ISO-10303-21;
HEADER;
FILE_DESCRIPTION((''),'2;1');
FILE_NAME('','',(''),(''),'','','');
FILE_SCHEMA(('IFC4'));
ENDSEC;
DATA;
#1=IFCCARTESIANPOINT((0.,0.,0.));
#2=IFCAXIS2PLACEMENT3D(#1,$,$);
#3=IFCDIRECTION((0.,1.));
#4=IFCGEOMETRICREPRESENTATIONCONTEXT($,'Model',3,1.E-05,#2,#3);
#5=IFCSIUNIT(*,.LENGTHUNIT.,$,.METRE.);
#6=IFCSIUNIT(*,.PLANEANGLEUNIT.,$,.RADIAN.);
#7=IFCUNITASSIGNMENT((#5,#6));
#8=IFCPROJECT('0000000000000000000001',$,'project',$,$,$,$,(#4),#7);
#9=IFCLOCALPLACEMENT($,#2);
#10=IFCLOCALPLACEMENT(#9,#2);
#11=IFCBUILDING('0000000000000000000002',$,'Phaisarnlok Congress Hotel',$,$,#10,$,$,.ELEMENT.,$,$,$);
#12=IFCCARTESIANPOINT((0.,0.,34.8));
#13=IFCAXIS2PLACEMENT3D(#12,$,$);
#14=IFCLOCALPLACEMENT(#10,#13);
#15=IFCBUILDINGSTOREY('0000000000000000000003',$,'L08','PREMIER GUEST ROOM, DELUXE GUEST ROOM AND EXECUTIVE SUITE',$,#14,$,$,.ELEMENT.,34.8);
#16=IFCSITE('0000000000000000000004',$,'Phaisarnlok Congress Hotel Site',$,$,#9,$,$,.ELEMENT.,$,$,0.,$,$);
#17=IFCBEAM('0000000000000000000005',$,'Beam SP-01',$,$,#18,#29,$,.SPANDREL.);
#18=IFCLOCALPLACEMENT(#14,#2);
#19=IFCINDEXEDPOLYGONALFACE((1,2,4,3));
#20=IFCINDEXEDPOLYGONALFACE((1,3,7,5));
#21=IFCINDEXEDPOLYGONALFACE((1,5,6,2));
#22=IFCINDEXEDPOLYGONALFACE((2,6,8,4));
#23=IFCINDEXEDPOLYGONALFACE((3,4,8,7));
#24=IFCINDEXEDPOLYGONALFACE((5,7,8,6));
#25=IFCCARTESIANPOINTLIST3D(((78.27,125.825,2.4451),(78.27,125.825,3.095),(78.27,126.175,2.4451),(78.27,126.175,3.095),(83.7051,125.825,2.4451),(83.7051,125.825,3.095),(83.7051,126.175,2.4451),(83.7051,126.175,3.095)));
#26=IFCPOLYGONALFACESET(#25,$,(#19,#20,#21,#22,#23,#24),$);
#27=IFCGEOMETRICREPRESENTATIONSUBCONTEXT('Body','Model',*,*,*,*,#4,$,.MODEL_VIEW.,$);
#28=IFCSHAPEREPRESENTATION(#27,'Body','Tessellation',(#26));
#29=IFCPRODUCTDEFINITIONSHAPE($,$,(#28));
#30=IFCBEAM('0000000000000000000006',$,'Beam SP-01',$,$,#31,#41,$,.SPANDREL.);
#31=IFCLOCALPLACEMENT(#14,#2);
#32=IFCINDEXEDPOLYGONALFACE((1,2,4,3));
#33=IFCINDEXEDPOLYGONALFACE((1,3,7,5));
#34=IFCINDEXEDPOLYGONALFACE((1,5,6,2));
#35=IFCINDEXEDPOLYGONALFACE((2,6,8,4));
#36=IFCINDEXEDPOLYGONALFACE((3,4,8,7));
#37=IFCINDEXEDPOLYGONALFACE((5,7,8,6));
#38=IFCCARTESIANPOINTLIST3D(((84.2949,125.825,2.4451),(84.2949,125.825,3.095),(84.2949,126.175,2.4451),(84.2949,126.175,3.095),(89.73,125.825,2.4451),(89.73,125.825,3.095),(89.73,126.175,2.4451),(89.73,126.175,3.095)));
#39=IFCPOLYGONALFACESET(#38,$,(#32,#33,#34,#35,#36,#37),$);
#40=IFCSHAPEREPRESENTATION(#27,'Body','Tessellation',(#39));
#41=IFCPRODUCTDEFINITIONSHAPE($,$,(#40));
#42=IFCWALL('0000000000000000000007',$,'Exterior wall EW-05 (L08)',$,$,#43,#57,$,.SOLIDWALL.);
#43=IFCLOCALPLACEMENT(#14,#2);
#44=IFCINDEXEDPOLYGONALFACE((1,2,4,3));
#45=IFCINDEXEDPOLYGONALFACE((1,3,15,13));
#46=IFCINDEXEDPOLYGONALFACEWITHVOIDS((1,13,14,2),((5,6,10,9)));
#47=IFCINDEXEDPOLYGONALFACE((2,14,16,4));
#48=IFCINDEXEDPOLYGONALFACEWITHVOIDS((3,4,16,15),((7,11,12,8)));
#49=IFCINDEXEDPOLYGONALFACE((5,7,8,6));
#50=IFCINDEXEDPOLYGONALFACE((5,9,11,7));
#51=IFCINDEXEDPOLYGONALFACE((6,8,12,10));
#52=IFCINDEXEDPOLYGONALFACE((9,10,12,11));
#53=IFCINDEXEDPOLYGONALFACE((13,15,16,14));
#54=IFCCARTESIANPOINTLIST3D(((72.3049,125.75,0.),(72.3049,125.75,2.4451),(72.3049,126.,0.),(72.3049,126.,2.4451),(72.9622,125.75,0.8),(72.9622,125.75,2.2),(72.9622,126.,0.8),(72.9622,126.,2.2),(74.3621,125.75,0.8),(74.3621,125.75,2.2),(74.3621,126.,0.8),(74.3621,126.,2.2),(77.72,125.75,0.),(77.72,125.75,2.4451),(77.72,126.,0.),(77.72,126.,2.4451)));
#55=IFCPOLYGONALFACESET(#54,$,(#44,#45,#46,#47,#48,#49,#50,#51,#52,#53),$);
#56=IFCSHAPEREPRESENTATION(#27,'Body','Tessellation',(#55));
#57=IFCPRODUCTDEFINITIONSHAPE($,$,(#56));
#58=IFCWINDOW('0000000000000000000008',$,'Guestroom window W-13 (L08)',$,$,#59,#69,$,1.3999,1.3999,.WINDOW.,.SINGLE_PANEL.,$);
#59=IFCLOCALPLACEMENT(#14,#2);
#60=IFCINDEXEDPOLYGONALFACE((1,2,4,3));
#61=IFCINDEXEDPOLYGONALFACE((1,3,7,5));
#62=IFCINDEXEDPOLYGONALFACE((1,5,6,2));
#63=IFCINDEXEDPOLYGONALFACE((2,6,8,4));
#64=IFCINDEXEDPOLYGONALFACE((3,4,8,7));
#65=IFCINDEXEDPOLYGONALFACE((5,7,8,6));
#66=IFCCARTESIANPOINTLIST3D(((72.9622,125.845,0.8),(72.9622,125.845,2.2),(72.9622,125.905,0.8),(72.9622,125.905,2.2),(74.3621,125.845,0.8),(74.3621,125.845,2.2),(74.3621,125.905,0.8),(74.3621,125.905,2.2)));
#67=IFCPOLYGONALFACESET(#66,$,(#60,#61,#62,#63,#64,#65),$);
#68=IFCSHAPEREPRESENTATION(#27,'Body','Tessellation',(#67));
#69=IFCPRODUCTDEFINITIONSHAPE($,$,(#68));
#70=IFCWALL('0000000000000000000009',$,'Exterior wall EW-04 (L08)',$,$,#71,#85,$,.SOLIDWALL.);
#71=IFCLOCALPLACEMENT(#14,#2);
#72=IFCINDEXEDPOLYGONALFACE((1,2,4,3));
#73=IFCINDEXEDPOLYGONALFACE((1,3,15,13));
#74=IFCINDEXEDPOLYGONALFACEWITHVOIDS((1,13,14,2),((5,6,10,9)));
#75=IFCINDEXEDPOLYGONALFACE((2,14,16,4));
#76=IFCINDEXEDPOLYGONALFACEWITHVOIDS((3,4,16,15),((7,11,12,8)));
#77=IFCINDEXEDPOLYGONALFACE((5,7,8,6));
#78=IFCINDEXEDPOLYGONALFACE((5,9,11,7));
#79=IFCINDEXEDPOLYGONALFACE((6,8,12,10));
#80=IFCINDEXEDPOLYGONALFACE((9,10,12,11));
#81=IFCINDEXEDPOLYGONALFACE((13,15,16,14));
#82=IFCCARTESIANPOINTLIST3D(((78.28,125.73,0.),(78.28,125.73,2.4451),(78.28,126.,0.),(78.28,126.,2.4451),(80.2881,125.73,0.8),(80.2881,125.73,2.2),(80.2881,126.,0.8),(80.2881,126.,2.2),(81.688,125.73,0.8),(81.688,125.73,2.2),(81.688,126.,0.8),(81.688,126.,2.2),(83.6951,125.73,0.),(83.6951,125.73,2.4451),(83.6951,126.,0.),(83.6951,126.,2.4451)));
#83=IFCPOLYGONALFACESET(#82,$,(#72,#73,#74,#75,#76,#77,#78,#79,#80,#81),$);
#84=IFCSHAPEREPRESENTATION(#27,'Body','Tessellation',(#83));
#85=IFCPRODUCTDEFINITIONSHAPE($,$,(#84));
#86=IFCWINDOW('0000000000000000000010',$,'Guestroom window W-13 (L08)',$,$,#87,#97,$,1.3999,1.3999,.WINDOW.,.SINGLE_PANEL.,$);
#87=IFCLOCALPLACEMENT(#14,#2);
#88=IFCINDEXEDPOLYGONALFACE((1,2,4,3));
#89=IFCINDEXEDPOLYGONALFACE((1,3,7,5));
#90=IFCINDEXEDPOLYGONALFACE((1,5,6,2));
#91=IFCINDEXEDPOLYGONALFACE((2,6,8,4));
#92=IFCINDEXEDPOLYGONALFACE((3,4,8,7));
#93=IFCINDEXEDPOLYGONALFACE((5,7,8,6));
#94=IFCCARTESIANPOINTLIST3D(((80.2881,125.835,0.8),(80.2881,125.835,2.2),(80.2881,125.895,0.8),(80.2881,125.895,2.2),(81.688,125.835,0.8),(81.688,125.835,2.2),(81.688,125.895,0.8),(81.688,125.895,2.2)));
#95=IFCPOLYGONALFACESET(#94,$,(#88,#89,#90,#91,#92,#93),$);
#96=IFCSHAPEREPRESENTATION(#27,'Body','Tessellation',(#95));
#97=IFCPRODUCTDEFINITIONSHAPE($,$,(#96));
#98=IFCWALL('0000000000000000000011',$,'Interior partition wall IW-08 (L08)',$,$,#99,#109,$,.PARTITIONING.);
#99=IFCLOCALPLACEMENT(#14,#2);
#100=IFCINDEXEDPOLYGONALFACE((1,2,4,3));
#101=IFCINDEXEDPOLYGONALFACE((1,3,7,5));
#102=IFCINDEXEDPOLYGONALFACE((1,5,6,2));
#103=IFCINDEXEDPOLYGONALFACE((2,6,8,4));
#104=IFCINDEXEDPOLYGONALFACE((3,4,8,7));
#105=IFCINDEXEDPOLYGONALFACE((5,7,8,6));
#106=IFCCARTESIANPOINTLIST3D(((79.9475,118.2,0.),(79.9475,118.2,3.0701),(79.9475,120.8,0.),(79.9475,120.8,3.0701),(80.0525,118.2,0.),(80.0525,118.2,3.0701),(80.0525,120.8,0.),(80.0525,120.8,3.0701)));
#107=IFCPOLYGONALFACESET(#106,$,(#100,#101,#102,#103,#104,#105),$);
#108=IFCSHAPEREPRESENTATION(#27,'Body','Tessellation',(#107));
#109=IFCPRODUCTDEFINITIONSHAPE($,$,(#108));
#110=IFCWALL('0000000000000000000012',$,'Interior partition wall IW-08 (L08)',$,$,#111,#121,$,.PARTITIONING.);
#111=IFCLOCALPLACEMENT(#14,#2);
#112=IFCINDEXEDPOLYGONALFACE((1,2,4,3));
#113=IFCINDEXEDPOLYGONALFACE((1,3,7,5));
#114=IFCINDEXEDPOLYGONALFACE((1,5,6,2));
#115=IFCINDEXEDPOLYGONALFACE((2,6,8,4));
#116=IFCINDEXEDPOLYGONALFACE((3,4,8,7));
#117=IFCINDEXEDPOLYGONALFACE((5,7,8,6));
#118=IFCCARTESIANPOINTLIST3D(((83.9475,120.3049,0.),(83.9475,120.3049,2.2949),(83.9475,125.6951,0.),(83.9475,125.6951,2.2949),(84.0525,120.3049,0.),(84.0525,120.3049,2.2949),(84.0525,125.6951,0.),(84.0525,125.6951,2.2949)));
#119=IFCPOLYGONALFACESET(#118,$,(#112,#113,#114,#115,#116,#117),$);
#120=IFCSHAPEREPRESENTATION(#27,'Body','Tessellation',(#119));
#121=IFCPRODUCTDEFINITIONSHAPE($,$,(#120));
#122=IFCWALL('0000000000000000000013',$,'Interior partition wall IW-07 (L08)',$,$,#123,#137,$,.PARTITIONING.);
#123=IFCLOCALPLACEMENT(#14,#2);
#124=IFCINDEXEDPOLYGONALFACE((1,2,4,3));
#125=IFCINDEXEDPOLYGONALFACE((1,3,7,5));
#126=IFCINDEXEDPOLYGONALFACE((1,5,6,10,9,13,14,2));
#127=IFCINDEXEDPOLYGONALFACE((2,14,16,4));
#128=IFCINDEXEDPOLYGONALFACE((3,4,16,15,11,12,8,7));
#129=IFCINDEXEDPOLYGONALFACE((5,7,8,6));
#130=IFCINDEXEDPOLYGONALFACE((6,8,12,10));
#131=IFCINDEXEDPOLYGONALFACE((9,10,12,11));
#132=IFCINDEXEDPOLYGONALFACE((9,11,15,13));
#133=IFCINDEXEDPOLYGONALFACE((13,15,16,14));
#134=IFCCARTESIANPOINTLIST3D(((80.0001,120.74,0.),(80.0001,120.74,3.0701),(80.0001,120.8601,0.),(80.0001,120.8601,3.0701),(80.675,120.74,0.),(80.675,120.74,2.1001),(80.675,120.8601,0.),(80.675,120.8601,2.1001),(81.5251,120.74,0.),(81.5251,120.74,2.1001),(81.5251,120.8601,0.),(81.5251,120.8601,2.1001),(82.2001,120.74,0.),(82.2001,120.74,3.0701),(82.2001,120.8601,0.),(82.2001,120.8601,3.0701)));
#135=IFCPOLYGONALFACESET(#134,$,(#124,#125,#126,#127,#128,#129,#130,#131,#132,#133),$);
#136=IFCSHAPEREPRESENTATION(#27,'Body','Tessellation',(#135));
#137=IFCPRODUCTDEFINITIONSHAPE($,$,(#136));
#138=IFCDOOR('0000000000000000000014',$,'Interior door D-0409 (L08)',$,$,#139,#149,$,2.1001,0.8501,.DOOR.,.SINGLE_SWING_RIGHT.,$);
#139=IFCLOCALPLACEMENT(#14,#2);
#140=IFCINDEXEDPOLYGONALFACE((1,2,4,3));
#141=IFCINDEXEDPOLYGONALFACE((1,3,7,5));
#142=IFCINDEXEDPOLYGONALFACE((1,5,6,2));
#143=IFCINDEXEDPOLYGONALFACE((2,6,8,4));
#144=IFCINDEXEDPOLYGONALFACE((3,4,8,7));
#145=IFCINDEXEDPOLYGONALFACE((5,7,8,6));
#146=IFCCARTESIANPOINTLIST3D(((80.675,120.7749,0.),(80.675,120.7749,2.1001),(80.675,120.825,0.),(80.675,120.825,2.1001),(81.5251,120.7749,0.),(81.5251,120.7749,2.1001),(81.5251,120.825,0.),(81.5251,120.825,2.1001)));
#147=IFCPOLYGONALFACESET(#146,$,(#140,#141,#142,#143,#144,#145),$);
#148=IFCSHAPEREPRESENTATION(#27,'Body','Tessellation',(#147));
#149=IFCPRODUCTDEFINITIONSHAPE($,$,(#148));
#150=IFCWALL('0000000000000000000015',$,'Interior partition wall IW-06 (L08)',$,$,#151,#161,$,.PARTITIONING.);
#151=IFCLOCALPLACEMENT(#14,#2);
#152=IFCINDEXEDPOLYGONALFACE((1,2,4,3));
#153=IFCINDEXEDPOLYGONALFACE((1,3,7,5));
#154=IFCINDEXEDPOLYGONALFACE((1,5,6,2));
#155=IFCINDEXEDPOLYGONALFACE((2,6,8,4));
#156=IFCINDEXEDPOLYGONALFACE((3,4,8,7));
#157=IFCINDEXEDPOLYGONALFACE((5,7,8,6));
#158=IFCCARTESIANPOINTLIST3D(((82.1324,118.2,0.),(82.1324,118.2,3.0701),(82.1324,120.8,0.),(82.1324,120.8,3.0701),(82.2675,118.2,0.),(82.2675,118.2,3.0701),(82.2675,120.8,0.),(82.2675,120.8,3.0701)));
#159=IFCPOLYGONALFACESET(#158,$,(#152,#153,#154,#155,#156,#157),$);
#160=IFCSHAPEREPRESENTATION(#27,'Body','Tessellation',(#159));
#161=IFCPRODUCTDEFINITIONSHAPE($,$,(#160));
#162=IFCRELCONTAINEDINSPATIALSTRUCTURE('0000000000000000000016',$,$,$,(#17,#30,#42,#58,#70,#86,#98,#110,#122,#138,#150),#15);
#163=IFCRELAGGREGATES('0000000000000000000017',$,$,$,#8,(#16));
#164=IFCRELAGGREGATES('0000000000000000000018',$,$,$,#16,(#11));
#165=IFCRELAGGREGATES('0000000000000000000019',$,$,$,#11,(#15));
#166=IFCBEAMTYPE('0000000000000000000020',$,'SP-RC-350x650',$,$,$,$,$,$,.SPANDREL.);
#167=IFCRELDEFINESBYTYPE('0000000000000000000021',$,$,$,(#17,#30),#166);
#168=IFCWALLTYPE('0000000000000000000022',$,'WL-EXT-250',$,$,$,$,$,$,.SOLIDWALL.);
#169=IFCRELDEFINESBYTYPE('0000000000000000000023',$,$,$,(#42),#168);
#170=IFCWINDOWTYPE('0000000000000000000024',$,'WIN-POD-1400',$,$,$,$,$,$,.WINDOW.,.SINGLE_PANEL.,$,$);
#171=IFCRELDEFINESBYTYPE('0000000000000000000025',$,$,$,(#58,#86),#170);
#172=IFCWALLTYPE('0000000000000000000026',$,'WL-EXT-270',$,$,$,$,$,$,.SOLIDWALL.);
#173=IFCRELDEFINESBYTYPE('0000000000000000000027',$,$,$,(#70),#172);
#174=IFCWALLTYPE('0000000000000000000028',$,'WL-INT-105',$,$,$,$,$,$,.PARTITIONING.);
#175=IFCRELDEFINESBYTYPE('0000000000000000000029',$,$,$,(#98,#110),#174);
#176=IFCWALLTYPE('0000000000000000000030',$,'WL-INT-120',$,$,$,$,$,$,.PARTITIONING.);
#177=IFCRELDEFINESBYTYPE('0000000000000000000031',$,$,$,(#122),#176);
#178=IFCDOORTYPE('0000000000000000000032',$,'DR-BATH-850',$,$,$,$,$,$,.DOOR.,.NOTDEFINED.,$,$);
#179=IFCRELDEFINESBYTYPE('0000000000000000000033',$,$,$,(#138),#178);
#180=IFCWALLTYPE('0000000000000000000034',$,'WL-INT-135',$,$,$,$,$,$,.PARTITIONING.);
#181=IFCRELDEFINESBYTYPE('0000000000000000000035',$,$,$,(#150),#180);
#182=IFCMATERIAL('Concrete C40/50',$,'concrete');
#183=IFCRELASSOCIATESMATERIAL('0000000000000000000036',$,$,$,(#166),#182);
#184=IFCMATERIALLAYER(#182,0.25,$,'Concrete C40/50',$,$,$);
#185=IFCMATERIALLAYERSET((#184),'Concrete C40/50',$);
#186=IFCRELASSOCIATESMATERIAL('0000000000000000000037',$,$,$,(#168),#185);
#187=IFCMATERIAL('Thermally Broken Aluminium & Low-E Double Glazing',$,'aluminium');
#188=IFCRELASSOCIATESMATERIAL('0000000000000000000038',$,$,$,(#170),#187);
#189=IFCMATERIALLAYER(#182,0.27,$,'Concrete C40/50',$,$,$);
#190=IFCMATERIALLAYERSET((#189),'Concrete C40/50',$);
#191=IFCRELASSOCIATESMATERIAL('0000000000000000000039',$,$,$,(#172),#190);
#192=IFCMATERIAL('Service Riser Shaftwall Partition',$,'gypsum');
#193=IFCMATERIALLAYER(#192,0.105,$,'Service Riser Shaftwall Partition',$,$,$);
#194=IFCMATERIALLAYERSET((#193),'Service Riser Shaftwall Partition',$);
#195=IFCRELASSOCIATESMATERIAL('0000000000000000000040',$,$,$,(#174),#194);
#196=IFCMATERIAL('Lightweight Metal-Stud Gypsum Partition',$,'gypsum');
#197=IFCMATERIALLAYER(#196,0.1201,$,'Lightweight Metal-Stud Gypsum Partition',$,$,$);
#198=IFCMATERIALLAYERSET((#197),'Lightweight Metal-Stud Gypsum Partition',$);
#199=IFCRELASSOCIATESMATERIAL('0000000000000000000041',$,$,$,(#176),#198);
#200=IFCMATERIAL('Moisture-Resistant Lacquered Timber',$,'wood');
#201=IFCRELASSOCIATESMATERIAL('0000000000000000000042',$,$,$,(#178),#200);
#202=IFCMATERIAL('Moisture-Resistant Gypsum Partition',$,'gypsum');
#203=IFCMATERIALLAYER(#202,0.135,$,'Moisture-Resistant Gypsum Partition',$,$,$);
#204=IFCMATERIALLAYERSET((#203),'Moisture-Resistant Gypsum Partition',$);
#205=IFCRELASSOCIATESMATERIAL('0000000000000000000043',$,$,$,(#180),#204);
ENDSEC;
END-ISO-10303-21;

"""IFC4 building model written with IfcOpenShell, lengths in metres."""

from ifc_helpers import new_model, si_unit, direction, frame, frame_2d, origin, origin_2d, place, context, subcontext, project, spatial, rectangle, extrude, material, layer, layer_set, material_profile, profile_set, type_object, element, fill, save


model = new_model("IFC4")

# Units and contexts
model_context = context("Model", 3, precision=1e-05, world=origin(), true_north=direction((0.0, 1.0)))
body_context = subcontext(model_context, "Body", "Model", "MODEL_VIEW")
ifc_project = project(units=[si_unit("LENGTHUNIT", "METRE"), si_unit("PLANEANGLEUNIT", "RADIAN")], contexts=[model_context])

# Site, building, storey
site_placement = place(None, origin())
site = spatial("IfcSite", under=ifc_project, at=site_placement, Name="Phaisarnlok Congress Hotel Site", CompositionType="ELEMENT", RefElevation=0.0)
building_placement = place(site_placement, origin())
building = spatial("IfcBuilding", under=site, at=building_placement, Name="Phaisarnlok Congress Hotel", CompositionType="ELEMENT")
storey_placement = place(building_placement, frame((0.0, 0.0, 34.8)))
storey = spatial("IfcBuildingStorey", under=building, at=storey_placement, Name="L08", Description="PREMIER GUEST ROOM, DELUXE GUEST ROOM AND EXECUTIVE SUITE", CompositionType="ELEMENT", Elevation=34.8)

# Beams
ifc_material_1 = material(Name="Concrete C40/50", Category="concrete")
ifc_material_profile_1 = material_profile(ifc_material_1, rectangle(XDim=0.3501, YDim=0.6499, at=origin_2d()), Name="RC 350x650")
ifc_profile_set_1 = profile_set([ifc_material_profile_1], Name="Concrete C40/50")
beam_type_1 = type_object("IfcBeamType", Name="SP-RC-350x650", PredefinedType="SPANDREL", material=ifc_profile_set_1)
for number, where, z_axis, x_axis, name in (
    (1, (78.27, 126.0, 2.77), (1.0, 0.0, 0.0), (0.0, 1.0, 0.0), "Beam SP-01"),
    (2, (84.2949, 126.0, 2.77), (1.0, 0.0, 0.0), (0.0, 1.0, 0.0), "Beam SP-01"),
):
    element("IfcBeam", number, at=place(storey_placement, frame(where, z_axis=z_axis, x_axis=x_axis)), inside=storey, type_object=beam_type_1, Name=name, PredefinedType="SPANDREL", context=body_context, shape_type="SweptSolid", body=[
        extrude(rectangle(XDim=0.3501, YDim=0.6499, at=origin_2d()), origin(), (0.0, 0.0, 1.0), 5.4351),
    ])

# Walls, openings, windows
ifc_layer_1 = layer(ifc_material_1, 0.25, Name="Concrete C40/50")
ifc_layer_set_1 = layer_set([ifc_layer_1], Name="Concrete C40/50")
wall_type_1 = type_object("IfcWallType", Name="WL-EXT-250", PredefinedType="SOLIDWALL", material=ifc_layer_set_1)
wall_1_placement = place(storey_placement, frame((77.72, 125.875, 0.0), z_axis=(0.0, 0.0, 1.0), x_axis=(-1.0, 0.0, 0.0)))
wall_1 = element("IfcWall", 3, at=wall_1_placement, inside=storey, type_object=wall_type_1, Name="Exterior wall EW-05 (L08)", PredefinedType="SOLIDWALL", context=body_context, shape_type="SweptSolid", body=[
    extrude(rectangle(XDim=5.415, YDim=0.25, at=frame_2d((2.7075, 0.0))), origin(), (0.0, 0.0, 1.0), 2.4451),
])
opening_1_placement = place(wall_1_placement, frame((3.3579, 0.0, 0.8)))
opening_1 = element("IfcOpeningElement", 4, at=opening_1_placement, cuts=wall_1, PredefinedType="OPENING", context=body_context, shape_type="SweptSolid", body=[
    extrude(rectangle(XDim=1.3999, YDim=1.3999, at=frame_2d((0.7, 0.7))), frame((0.0, 0.135, 0.0), z_axis=(0.0, -1.0, 0.0), x_axis=(1.0, 0.0, 0.0)), (0.0, 0.0, 1.0), 0.27),
])
ifc_material_2 = material(Name="Thermally Broken Aluminium & Low-E Double Glazing", Category="aluminium")
window_type = type_object("IfcWindowType", Name="WIN-POD-1400", PartitioningType="SINGLE_PANEL", PredefinedType="WINDOW", material=ifc_material_2)
window_1_placement = place(opening_1_placement, origin())
window_1 = element("IfcWindow", 5, at=window_1_placement, inside=storey, type_object=window_type, Name="Guestroom window W-13 (L08)", OverallHeight=1.3999, OverallWidth=1.3999, PartitioningType="SINGLE_PANEL", PredefinedType="WINDOW", context=body_context, shape_type="SweptSolid", body=[
    extrude(rectangle(XDim=1.3999, YDim=1.3999, at=frame_2d((0.7, 0.7))), frame((0.0, 0.03, 0.0), z_axis=(0.0, -1.0, 0.0), x_axis=(1.0, 0.0, 0.0)), (0.0, 0.0, 1.0), 0.0601),
])
fill(opening_1, window_1)
ifc_layer_2 = layer(ifc_material_1, 0.27, Name="Concrete C40/50")
ifc_layer_set_2 = layer_set([ifc_layer_2], Name="Concrete C40/50")
wall_type_2 = type_object("IfcWallType", Name="WL-EXT-270", PredefinedType="SOLIDWALL", material=ifc_layer_set_2)
wall_2_placement = place(storey_placement, frame((83.6951, 125.865, 0.0), z_axis=(0.0, 0.0, 1.0), x_axis=(-1.0, 0.0, 0.0)))
wall_2 = element("IfcWall", 6, at=wall_2_placement, inside=storey, type_object=wall_type_2, Name="Exterior wall EW-04 (L08)", PredefinedType="SOLIDWALL", context=body_context, shape_type="SweptSolid", body=[
    extrude(rectangle(XDim=5.415, YDim=0.27, at=frame_2d((2.7075, 0.0))), origin(), (0.0, 0.0, 1.0), 2.4451),
])
opening_2_placement = place(wall_2_placement, frame((2.0071, 0.0, 0.8)))
opening_2 = element("IfcOpeningElement", 7, at=opening_2_placement, cuts=wall_2, PredefinedType="OPENING", context=body_context, shape_type="SweptSolid", body=[
    extrude(rectangle(XDim=1.3999, YDim=1.3999, at=frame_2d((0.7, 0.7))), frame((0.0, 0.145, 0.0), z_axis=(0.0, -1.0, 0.0), x_axis=(1.0, 0.0, 0.0)), (0.0, 0.0, 1.0), 0.29),
])
window_2_placement = place(opening_2_placement, origin())
window_2 = element("IfcWindow", 8, at=window_2_placement, inside=storey, type_object=window_type, Name="Guestroom window W-13 (L08)", OverallHeight=1.3999, OverallWidth=1.3999, PartitioningType="SINGLE_PANEL", PredefinedType="WINDOW", context=body_context, shape_type="SweptSolid", body=[
    extrude(rectangle(XDim=1.3999, YDim=1.3999, at=frame_2d((0.7, 0.7))), frame((0.0, 0.03, 0.0), z_axis=(0.0, -1.0, 0.0), x_axis=(1.0, 0.0, 0.0)), (0.0, 0.0, 1.0), 0.0601),
])
fill(opening_2, window_2)

# Walls
ifc_material_3 = material(Name="Service Riser Shaftwall Partition", Category="gypsum")
ifc_layer_3 = layer(ifc_material_3, 0.105, Name="Service Riser Shaftwall Partition")
ifc_layer_set_3 = layer_set([ifc_layer_3], Name="Service Riser Shaftwall Partition")
wall_type_3 = type_object("IfcWallType", Name="WL-INT-105", PredefinedType="PARTITIONING", material=ifc_layer_set_3)
wall_3_placement = place(storey_placement, frame((80.0, 118.2, 0.0), z_axis=(0.0, 0.0, 1.0), x_axis=(0.0, 1.0, 0.0)))
element("IfcWall", 9, at=wall_3_placement, inside=storey, type_object=wall_type_3, Name="Interior partition wall IW-08 (L08)", PredefinedType="PARTITIONING", context=body_context, shape_type="SweptSolid", body=[
    extrude(rectangle(XDim=2.6001, YDim=0.105, at=frame_2d((1.3, 0.0))), origin(), (0.0, 0.0, 1.0), 3.0701),
])
wall_4_placement = place(storey_placement, frame((84.0, 120.3049, 0.0), z_axis=(0.0, 0.0, 1.0), x_axis=(0.0, 1.0, 0.0)))
element("IfcWall", 10, at=wall_4_placement, inside=storey, type_object=wall_type_3, Name="Interior partition wall IW-08 (L08)", PredefinedType="PARTITIONING", context=body_context, shape_type="SweptSolid", body=[
    extrude(rectangle(XDim=5.3901, YDim=0.105, at=frame_2d((2.6951, 0.0))), origin(), (0.0, 0.0, 1.0), 2.2949),
])

# Wall, opening, door
ifc_material_4 = material(Name="Lightweight Metal-Stud Gypsum Partition", Category="gypsum")
ifc_layer_4 = layer(ifc_material_4, 0.1201, Name="Lightweight Metal-Stud Gypsum Partition")
ifc_layer_set_4 = layer_set([ifc_layer_4], Name="Lightweight Metal-Stud Gypsum Partition")
wall_type_4 = type_object("IfcWallType", Name="WL-INT-120", PredefinedType="PARTITIONING", material=ifc_layer_set_4)
wall_5_placement = place(storey_placement, frame((80.0, 120.8, 0.0), z_axis=(0.0, 0.0, 1.0), x_axis=(1.0, 0.0, 0.0)))
wall_5 = element("IfcWall", 11, at=wall_5_placement, inside=storey, type_object=wall_type_4, Name="Interior partition wall IW-07 (L08)", PredefinedType="PARTITIONING", context=body_context, shape_type="SweptSolid", body=[
    extrude(rectangle(XDim=2.2, YDim=0.1201, at=frame_2d((1.1001, 0.0))), origin(), (0.0, 0.0, 1.0), 3.0701),
])
opening_3_placement = place(wall_5_placement, frame((0.675, 0.0, 0.0)))
opening_3 = element("IfcOpeningElement", 12, at=opening_3_placement, cuts=wall_5, PredefinedType="OPENING", context=body_context, shape_type="SweptSolid", body=[
    extrude(rectangle(XDim=0.8501, YDim=2.1001, at=frame_2d((0.425, 1.05))), frame((0.0, 0.0701, 0.0), z_axis=(0.0, -1.0, 0.0), x_axis=(1.0, 0.0, 0.0)), (0.0, 0.0, 1.0), 0.1401),
])
ifc_material_5 = material(Name="Moisture-Resistant Lacquered Timber", Category="wood")
door_type = type_object("IfcDoorType", Name="DR-BATH-850", OperationType="NOTDEFINED", PredefinedType="DOOR", material=ifc_material_5)
door_1_placement = place(opening_3_placement, origin())
door_1 = element("IfcDoor", 13, at=door_1_placement, inside=storey, type_object=door_type, Name="Interior door D-0409 (L08)", OperationType="SINGLE_SWING_RIGHT", OverallHeight=2.1001, OverallWidth=0.8501, PredefinedType="DOOR", context=body_context, shape_type="SweptSolid", body=[
    extrude(rectangle(XDim=0.8501, YDim=2.1001, at=frame_2d((0.425, 1.05))), frame((0.0, 0.0249, 0.0), z_axis=(0.0, -1.0, 0.0), x_axis=(1.0, 0.0, 0.0)), (0.0, 0.0, 1.0), 0.05),
])
fill(opening_3, door_1)

# Wall
ifc_material_6 = material(Name="Moisture-Resistant Gypsum Partition", Category="gypsum")
ifc_layer_5 = layer(ifc_material_6, 0.135, Name="Moisture-Resistant Gypsum Partition")
ifc_layer_set_5 = layer_set([ifc_layer_5], Name="Moisture-Resistant Gypsum Partition")
wall_type_5 = type_object("IfcWallType", Name="WL-INT-135", PredefinedType="PARTITIONING", material=ifc_layer_set_5)
wall_6_placement = place(storey_placement, frame((82.2, 118.2, 0.0), z_axis=(0.0, 0.0, 1.0), x_axis=(0.0, 1.0, 0.0)))
element("IfcWall", 14, at=wall_6_placement, inside=storey, type_object=wall_type_5, Name="Interior partition wall IW-06 (L08)", PredefinedType="PARTITIONING", context=body_context, shape_type="SweptSolid", body=[
    extrude(rectangle(XDim=2.6001, YDim=0.135, at=frame_2d((1.3, 0.0))), origin(), (0.0, 0.0, 1.0), 3.0701),
])

save(model, "model.ifc")
